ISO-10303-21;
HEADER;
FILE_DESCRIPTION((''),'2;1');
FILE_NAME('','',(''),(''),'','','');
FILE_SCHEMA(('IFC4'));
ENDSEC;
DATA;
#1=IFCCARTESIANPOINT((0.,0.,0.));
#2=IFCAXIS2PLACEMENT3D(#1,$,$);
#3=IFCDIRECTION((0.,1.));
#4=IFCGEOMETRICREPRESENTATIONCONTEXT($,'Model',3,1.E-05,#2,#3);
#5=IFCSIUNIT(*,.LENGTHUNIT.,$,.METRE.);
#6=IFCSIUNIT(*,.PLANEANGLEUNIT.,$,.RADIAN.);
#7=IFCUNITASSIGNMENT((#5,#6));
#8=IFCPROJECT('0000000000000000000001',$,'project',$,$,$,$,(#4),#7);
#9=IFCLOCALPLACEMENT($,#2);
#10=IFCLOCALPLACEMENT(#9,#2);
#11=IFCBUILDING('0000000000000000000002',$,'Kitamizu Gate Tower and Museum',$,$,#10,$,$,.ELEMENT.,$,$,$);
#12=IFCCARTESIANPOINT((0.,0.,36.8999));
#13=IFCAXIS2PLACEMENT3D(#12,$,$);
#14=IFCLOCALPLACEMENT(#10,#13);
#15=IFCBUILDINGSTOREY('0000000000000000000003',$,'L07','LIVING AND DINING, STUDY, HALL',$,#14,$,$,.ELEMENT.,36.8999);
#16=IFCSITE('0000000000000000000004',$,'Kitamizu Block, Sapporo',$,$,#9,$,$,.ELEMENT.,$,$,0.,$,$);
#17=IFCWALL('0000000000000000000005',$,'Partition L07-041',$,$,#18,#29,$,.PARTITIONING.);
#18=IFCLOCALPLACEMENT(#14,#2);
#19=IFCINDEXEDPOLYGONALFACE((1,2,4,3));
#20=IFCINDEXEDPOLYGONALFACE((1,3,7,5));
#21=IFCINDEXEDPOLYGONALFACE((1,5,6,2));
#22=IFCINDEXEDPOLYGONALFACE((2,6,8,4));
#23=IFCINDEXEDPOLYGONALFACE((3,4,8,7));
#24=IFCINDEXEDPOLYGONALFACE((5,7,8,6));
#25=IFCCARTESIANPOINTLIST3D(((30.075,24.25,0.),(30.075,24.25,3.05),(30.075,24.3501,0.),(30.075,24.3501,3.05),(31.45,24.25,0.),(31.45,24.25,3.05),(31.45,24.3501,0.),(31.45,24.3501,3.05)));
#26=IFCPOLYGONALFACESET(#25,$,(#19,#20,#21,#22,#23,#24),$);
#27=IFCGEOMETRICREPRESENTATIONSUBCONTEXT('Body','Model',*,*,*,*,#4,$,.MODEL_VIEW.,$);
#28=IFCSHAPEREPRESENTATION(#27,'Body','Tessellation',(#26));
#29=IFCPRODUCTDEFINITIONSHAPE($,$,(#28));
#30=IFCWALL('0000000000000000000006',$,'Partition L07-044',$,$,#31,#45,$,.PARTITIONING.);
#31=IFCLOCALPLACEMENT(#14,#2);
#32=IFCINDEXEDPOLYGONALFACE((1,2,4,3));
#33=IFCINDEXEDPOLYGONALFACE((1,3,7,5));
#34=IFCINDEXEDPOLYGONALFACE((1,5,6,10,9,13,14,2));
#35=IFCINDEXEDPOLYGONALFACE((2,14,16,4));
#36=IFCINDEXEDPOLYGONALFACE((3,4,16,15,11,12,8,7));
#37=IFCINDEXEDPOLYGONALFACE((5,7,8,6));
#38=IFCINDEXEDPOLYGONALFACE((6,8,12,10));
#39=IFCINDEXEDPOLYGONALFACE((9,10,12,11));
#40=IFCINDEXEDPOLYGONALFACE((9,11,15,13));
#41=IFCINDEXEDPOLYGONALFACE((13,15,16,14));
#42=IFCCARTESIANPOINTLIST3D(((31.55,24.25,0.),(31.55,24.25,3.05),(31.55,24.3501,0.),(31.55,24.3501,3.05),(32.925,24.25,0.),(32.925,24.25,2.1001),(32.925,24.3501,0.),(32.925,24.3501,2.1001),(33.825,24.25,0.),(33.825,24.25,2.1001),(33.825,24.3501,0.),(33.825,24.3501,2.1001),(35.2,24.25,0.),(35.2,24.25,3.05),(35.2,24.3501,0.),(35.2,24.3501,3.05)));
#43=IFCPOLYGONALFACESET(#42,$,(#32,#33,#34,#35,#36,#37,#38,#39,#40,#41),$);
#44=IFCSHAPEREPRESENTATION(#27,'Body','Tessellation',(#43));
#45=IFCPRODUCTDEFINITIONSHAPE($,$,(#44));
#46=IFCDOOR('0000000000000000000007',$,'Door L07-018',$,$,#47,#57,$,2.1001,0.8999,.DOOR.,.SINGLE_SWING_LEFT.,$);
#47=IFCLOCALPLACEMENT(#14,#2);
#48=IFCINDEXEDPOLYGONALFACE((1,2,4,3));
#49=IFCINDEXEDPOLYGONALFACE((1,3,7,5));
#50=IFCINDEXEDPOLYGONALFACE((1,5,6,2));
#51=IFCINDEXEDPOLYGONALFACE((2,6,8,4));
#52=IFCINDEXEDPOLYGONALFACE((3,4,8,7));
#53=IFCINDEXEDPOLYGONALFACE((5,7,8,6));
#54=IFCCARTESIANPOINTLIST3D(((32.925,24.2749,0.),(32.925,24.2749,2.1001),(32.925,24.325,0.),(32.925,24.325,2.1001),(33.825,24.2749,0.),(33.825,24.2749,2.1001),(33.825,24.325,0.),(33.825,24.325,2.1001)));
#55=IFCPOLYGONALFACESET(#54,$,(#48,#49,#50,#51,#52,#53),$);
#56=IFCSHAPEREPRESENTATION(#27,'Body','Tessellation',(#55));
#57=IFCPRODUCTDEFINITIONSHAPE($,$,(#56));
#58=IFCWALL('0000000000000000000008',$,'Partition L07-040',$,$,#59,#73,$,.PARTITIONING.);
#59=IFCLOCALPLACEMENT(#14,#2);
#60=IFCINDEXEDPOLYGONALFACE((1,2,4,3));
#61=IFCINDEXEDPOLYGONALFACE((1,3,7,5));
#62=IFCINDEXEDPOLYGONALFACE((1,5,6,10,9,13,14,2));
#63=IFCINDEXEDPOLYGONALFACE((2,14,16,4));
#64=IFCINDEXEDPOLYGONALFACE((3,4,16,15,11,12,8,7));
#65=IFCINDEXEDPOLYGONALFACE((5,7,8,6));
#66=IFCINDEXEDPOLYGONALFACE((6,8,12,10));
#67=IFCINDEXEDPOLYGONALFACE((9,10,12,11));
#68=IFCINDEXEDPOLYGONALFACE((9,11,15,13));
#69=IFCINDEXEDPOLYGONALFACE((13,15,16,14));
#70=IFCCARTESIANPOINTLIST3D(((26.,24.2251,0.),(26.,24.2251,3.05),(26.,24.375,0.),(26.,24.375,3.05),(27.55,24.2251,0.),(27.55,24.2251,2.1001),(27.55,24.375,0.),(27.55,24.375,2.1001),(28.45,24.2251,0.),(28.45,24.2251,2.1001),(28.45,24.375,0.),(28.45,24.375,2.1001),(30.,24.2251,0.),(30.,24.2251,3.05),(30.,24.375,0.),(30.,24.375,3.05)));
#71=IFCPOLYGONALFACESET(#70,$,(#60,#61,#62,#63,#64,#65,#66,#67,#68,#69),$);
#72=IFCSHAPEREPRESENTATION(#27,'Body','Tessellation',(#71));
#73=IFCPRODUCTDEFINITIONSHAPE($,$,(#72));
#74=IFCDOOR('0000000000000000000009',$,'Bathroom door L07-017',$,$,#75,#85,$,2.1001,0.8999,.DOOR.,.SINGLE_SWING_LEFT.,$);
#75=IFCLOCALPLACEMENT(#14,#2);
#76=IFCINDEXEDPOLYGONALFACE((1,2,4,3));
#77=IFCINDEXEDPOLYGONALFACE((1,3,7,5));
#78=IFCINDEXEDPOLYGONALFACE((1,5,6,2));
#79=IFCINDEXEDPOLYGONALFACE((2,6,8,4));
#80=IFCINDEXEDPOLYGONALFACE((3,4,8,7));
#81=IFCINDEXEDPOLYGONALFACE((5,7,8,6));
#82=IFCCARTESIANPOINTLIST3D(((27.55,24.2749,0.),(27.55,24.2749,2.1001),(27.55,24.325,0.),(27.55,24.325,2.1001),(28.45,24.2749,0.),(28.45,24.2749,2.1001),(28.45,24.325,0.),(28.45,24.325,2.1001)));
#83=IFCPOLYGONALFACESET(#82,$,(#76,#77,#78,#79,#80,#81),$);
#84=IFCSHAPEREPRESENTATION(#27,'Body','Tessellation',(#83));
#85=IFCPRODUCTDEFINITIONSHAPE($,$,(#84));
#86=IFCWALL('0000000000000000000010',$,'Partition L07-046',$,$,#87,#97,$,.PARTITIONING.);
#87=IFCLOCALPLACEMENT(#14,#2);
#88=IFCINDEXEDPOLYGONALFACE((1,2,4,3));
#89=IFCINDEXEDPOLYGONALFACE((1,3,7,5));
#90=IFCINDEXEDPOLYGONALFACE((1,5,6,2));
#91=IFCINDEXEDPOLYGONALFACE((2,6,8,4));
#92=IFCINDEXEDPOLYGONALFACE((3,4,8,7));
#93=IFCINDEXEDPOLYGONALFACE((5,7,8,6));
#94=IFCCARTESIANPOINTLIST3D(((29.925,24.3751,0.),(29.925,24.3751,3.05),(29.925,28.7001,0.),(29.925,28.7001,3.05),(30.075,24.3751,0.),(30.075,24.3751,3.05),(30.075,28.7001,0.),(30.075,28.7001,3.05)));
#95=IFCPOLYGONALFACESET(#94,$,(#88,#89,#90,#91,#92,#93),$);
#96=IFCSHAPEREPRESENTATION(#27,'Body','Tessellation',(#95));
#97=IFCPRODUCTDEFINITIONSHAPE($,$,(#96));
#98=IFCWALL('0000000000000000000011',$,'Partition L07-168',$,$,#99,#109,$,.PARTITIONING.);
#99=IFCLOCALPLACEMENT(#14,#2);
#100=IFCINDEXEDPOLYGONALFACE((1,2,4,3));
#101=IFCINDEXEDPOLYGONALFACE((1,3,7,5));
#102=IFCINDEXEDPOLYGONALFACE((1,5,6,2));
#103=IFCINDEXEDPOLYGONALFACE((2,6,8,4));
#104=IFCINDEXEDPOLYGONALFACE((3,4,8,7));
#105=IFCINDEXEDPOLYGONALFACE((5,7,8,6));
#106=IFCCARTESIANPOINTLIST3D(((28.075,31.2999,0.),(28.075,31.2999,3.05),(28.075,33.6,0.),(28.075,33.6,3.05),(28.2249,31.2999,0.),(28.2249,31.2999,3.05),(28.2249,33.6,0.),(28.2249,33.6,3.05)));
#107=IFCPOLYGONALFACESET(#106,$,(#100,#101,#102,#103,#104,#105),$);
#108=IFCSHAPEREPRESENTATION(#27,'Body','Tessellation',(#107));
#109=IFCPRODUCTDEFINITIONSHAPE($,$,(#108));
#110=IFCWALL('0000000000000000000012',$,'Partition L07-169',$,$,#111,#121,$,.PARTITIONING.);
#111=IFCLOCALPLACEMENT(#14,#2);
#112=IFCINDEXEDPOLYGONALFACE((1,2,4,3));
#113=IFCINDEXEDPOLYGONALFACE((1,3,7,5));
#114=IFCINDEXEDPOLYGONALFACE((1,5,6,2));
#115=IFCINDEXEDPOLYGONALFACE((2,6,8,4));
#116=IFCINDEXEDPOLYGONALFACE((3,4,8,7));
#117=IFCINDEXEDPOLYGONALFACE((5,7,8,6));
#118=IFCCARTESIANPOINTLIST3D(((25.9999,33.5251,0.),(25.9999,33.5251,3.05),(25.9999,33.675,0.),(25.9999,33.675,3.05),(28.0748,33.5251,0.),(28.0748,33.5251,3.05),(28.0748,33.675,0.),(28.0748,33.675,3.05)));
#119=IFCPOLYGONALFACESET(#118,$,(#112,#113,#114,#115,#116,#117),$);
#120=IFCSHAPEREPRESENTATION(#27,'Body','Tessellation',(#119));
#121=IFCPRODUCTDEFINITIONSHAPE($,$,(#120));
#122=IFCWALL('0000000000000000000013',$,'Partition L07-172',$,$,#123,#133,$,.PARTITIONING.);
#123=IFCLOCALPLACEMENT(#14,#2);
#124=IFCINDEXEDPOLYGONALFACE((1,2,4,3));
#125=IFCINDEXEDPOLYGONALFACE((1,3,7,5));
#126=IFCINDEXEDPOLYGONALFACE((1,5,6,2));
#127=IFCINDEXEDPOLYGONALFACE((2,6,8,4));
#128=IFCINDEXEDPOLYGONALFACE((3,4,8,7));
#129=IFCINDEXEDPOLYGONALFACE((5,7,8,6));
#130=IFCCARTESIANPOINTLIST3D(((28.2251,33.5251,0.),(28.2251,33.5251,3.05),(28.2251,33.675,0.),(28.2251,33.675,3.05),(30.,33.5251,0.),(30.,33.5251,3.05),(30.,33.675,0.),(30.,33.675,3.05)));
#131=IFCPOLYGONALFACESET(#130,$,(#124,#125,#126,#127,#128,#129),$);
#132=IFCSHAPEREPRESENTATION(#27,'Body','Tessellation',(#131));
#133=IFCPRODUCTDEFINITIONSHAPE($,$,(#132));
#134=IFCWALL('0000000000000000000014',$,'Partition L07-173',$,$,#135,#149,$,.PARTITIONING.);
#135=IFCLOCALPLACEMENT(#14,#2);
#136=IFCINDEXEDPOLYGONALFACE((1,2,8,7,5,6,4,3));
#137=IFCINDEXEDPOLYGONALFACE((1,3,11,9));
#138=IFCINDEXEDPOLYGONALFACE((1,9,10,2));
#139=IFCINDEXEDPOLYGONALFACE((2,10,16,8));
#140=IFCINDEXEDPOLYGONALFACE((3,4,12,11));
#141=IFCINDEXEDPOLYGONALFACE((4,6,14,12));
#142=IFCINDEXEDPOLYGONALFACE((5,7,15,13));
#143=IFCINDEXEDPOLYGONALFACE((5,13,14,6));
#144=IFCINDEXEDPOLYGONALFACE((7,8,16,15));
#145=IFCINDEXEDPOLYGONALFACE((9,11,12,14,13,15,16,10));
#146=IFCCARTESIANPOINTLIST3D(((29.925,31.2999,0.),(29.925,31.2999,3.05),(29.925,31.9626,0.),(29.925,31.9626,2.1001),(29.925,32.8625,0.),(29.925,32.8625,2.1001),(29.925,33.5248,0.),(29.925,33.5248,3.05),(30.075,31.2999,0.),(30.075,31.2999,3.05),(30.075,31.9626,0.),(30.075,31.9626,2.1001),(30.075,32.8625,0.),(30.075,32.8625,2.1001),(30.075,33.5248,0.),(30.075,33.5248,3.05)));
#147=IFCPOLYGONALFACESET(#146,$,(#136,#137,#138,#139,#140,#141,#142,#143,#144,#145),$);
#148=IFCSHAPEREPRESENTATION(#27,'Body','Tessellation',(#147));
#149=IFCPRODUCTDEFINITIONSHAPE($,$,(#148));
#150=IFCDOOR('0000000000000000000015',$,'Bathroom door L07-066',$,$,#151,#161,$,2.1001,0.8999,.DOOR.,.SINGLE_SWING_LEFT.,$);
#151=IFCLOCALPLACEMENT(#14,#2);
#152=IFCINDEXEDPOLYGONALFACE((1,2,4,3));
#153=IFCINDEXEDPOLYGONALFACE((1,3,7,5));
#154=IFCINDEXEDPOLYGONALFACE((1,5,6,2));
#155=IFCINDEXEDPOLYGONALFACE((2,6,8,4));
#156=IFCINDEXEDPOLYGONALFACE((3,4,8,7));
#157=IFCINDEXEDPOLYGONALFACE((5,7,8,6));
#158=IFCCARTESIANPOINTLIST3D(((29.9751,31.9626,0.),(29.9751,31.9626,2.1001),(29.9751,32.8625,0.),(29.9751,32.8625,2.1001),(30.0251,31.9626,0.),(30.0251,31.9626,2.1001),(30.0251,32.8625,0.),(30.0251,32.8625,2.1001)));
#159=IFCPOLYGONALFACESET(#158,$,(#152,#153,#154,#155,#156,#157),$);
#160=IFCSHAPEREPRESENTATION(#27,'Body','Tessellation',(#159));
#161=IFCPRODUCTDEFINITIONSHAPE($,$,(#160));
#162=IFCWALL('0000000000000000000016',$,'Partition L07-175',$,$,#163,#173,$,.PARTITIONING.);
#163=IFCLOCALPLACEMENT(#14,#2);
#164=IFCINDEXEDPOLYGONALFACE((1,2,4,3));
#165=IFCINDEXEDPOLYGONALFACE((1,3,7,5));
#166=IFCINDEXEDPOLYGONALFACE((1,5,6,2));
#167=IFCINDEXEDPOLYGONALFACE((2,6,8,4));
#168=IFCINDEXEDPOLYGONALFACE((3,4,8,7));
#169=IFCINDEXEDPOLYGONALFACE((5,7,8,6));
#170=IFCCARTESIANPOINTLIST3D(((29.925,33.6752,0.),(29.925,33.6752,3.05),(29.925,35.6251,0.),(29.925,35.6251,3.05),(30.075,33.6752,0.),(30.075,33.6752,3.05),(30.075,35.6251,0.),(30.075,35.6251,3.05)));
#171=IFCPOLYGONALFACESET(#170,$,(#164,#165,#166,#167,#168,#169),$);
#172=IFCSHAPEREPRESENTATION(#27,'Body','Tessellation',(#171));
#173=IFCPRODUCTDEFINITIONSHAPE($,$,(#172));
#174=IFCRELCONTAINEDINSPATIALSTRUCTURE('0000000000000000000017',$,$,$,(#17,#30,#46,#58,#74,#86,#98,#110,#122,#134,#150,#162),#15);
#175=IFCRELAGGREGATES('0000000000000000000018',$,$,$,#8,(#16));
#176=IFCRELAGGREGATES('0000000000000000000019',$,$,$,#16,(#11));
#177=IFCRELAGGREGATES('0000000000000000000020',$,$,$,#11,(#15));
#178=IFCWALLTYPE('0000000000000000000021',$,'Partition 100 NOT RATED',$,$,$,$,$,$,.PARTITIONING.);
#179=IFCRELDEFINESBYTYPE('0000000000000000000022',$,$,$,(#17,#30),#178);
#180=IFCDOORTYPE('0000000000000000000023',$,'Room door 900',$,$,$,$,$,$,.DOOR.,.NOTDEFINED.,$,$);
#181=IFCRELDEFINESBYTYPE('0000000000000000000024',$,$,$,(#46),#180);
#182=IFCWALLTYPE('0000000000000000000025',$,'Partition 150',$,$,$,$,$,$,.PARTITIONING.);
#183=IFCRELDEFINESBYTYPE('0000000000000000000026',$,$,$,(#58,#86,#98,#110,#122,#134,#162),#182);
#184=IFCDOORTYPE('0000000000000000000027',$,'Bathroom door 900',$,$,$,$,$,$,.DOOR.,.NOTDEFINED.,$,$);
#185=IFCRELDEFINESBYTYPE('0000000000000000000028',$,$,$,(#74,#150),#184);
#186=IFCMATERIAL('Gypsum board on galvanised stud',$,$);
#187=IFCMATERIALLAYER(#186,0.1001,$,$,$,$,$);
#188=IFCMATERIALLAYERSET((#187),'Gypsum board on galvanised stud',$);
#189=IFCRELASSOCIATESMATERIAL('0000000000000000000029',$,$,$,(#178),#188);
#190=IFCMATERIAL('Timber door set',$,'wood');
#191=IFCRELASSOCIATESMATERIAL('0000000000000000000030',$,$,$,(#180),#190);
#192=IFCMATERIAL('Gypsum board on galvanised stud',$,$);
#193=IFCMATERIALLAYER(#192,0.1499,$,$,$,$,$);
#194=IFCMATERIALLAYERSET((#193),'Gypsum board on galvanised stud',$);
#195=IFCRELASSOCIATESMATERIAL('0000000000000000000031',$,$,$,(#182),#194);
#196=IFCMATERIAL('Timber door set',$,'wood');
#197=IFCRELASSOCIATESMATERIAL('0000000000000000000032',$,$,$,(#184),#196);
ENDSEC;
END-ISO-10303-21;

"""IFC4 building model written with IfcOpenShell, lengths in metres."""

from ifc_helpers import new_model, si_unit, direction, frame, frame_2d, origin, place, context, subcontext, project, spatial, rectangle, extrude, material, layer, layer_set, type_object, element, fill, save


model = new_model("IFC4")

# Units and contexts
model_context = context("Model", 3, precision=1e-05, world=origin(), true_north=direction((0.0, 1.0)))
body_context = subcontext(model_context, "Body", "Model", "MODEL_VIEW")
ifc_project = project(units=[si_unit("LENGTHUNIT", "METRE"), si_unit("PLANEANGLEUNIT", "RADIAN")], contexts=[model_context])

# Site, building, storey
site_placement = place(None, origin())
site = spatial("IfcSite", under=ifc_project, at=site_placement, Name="Kitamizu Block, Sapporo", CompositionType="ELEMENT", RefElevation=0.0)
building_placement = place(site_placement, origin())
building = spatial("IfcBuilding", under=site, at=building_placement, Name="Kitamizu Gate Tower and Museum", CompositionType="ELEMENT")
storey_placement = place(building_placement, frame((0.0, 0.0, 36.8999)))
storey = spatial("IfcBuildingStorey", under=building, at=storey_placement, Name="L07", Description="LIVING AND DINING, STUDY, HALL", CompositionType="ELEMENT", Elevation=36.8999)

# Wall
ifc_material_1 = material(Name="Gypsum board on galvanised stud")
ifc_layer_1 = layer(ifc_material_1, 0.1001)
ifc_layer_set_1 = layer_set([ifc_layer_1], Name="Gypsum board on galvanised stud")
wall_type_1 = type_object("IfcWallType", Name="Partition 100 NOT RATED", PredefinedType="PARTITIONING", material=ifc_layer_set_1)
wall_1_placement = place(storey_placement, frame((31.45, 24.3, 0.0), z_axis=(0.0, 0.0, 1.0), x_axis=(-1.0, 0.0, 0.0)))
element("IfcWall", 1, at=wall_1_placement, inside=storey, type_object=wall_type_1, Name="Partition L07-041", PredefinedType="PARTITIONING", context=body_context, shape_type="SweptSolid", body=[
    extrude(rectangle(XDim=1.375, YDim=0.1001, at=frame_2d((0.6875, 0.0))), origin(), (0.0, 0.0, 1.0), 3.05),
])

# Walls, openings, doors
wall_2_placement = place(storey_placement, frame((35.2, 24.3, 0.0), z_axis=(0.0, 0.0, 1.0), x_axis=(-1.0, 0.0, 0.0)))
wall_2 = element("IfcWall", 2, at=wall_2_placement, inside=storey, type_object=wall_type_1, Name="Partition L07-044", PredefinedType="PARTITIONING", context=body_context, shape_type="SweptSolid", body=[
    extrude(rectangle(XDim=3.6499, YDim=0.1001, at=frame_2d((1.825, 0.0))), origin(), (0.0, 0.0, 1.0), 3.05),
])
opening_1_placement = place(wall_2_placement, frame((1.375, 0.0, 0.0)))
opening_1 = element("IfcOpeningElement", 3, at=opening_1_placement, cuts=wall_2, PredefinedType="OPENING", context=body_context, shape_type="SweptSolid", body=[
    extrude(rectangle(XDim=0.8999, YDim=2.1001, at=frame_2d((0.45, 1.05))), frame((0.0, 0.0601, 0.0), z_axis=(0.0, -1.0, 0.0), x_axis=(1.0, 0.0, 0.0)), (0.0, 0.0, 1.0), 0.1201),
])
ifc_material_2 = material(Name="Timber door set", Category="wood")
door_type_1 = type_object("IfcDoorType", Name="Room door 900", OperationType="NOTDEFINED", PredefinedType="DOOR", material=ifc_material_2)
door_1_placement = place(opening_1_placement, frame((0.8999, 0.0, 0.0), x_axis=(-1.0, 0.0, 0.0)))
door_1 = element("IfcDoor", 4, at=door_1_placement, inside=storey, type_object=door_type_1, Name="Door L07-018", OperationType="SINGLE_SWING_LEFT", OverallHeight=2.1001, OverallWidth=0.8999, PredefinedType="DOOR", context=body_context, shape_type="SweptSolid", body=[
    extrude(rectangle(XDim=0.8999, YDim=2.1001, at=frame_2d((0.45, 1.05))), frame((0.0, 0.0249, 0.0), z_axis=(0.0, -1.0, 0.0), x_axis=(1.0, 0.0, 0.0)), (0.0, 0.0, 1.0), 0.05),
])
fill(opening_1, door_1)
ifc_material_3 = material(Name="Gypsum board on galvanised stud")
ifc_layer_2 = layer(ifc_material_3, 0.1499)
ifc_layer_set_2 = layer_set([ifc_layer_2], Name="Gypsum board on galvanised stud")
wall_type_2 = type_object("IfcWallType", Name="Partition 150", PredefinedType="PARTITIONING", material=ifc_layer_set_2)
wall_3_placement = place(storey_placement, frame((30.0, 24.3, 0.0), z_axis=(0.0, 0.0, 1.0), x_axis=(-1.0, 0.0, 0.0)))
wall_3 = element("IfcWall", 5, at=wall_3_placement, inside=storey, type_object=wall_type_2, Name="Partition L07-040", PredefinedType="PARTITIONING", context=body_context, shape_type="SweptSolid", body=[
    extrude(rectangle(XDim=4.0, YDim=0.1499, at=frame_2d((2.0, 0.0))), origin(), (0.0, 0.0, 1.0), 3.05),
])
opening_2_placement = place(wall_3_placement, frame((1.55, 0.0, 0.0)))
opening_2 = element("IfcOpeningElement", 6, at=opening_2_placement, cuts=wall_3, PredefinedType="OPENING", context=body_context, shape_type="SweptSolid", body=[
    extrude(rectangle(XDim=0.8999, YDim=2.1001, at=frame_2d((0.45, 1.05))), frame((0.0, 0.085, 0.0), z_axis=(0.0, -1.0, 0.0), x_axis=(1.0, 0.0, 0.0)), (0.0, 0.0, 1.0), 0.1699),
])
ifc_material_4 = material(Name="Timber door set", Category="wood")
door_type_2 = type_object("IfcDoorType", Name="Bathroom door 900", OperationType="NOTDEFINED", PredefinedType="DOOR", material=ifc_material_4)
door_2_placement = place(opening_2_placement, frame((0.8999, 0.0, 0.0), x_axis=(-1.0, 0.0, 0.0)))
door_2 = element("IfcDoor", 7, at=door_2_placement, inside=storey, type_object=door_type_2, Name="Bathroom door L07-017", OperationType="SINGLE_SWING_LEFT", OverallHeight=2.1001, OverallWidth=0.8999, PredefinedType="DOOR", context=body_context, shape_type="SweptSolid", body=[
    extrude(rectangle(XDim=0.8999, YDim=2.1001, at=frame_2d((0.45, 1.05))), frame((0.0, 0.0249, 0.0), z_axis=(0.0, -1.0, 0.0), x_axis=(1.0, 0.0, 0.0)), (0.0, 0.0, 1.0), 0.05),
])
fill(opening_2, door_2)

# Walls
wall_4_placement = place(storey_placement, frame((30.0, 24.375, 0.0), z_axis=(0.0, 0.0, 1.0), x_axis=(0.0, 1.0, 0.0)))
element("IfcWall", 8, at=wall_4_placement, inside=storey, type_object=wall_type_2, Name="Partition L07-046", PredefinedType="PARTITIONING", context=body_context, shape_type="SweptSolid", body=[
    extrude(rectangle(XDim=4.325, YDim=0.1499, at=frame_2d((2.1626, 0.0))), origin(), (0.0, 0.0, 1.0), 3.05),
])
wall_5_placement = place(storey_placement, frame((28.1499, 31.3, 0.0), z_axis=(0.0, 0.0, 1.0), x_axis=(0.0, 1.0, 0.0)))
element("IfcWall", 9, at=wall_5_placement, inside=storey, type_object=wall_type_2, Name="Partition L07-168", PredefinedType="PARTITIONING", context=body_context, shape_type="SweptSolid", body=[
    extrude(rectangle(XDim=2.3, YDim=0.1499, at=frame_2d((1.1499, 0.0))), origin(), (0.0, 0.0, 1.0), 3.05),
])
wall_6_placement = place(storey_placement, frame((28.075, 33.6001, 0.0), z_axis=(0.0, 0.0, 1.0), x_axis=(-1.0, 0.0, 0.0)))
element("IfcWall", 10, at=wall_6_placement, inside=storey, type_object=wall_type_2, Name="Partition L07-169", PredefinedType="PARTITIONING", context=body_context, shape_type="SweptSolid", body=[
    extrude(rectangle(XDim=2.075, YDim=0.1499, at=frame_2d((1.0376, 0.0))), origin(), (0.0, 0.0, 1.0), 3.05),
])
wall_7_placement = place(storey_placement, frame((30.0, 33.6001, 0.0), z_axis=(0.0, 0.0, 1.0), x_axis=(-1.0, 0.0, 0.0)))
element("IfcWall", 11, at=wall_7_placement, inside=storey, type_object=wall_type_2, Name="Partition L07-172", PredefinedType="PARTITIONING", context=body_context, shape_type="SweptSolid", body=[
    extrude(rectangle(XDim=1.7749, YDim=0.1499, at=frame_2d((0.8875, 0.0))), origin(), (0.0, 0.0, 1.0), 3.05),
])

# Wall, opening, door
wall_8_placement = place(storey_placement, frame((30.0, 31.3, 0.0), z_axis=(0.0, 0.0, 1.0), x_axis=(0.0, 1.0, 0.0)))
wall_8 = element("IfcWall", 12, at=wall_8_placement, inside=storey, type_object=wall_type_2, Name="Partition L07-173", PredefinedType="PARTITIONING", context=body_context, shape_type="SweptSolid", body=[
    extrude(rectangle(XDim=2.2249, YDim=0.1499, at=frame_2d((1.1123, 0.0))), origin(), (0.0, 0.0, 1.0), 3.05),
])
opening_3_placement = place(wall_8_placement, frame((0.6626, 0.0, 0.0)))
opening_3 = element("IfcOpeningElement", 13, at=opening_3_placement, cuts=wall_8, PredefinedType="OPENING", context=body_context, shape_type="SweptSolid", body=[
    extrude(rectangle(XDim=0.8999, YDim=2.1001, at=frame_2d((0.45, 1.05))), frame((0.0, 0.085, 0.0), z_axis=(0.0, -1.0, 0.0), x_axis=(1.0, 0.0, 0.0)), (0.0, 0.0, 1.0), 0.1699),
])
door_3_placement = place(opening_3_placement, origin())
door_3 = element("IfcDoor", 14, at=door_3_placement, inside=storey, type_object=door_type_2, Name="Bathroom door L07-066", OperationType="SINGLE_SWING_LEFT", OverallHeight=2.1001, OverallWidth=0.8999, PredefinedType="DOOR", context=body_context, shape_type="SweptSolid", body=[
    extrude(rectangle(XDim=0.8999, YDim=2.1001, at=frame_2d((0.45, 1.05))), frame((0.0, 0.0249, 0.0), z_axis=(0.0, -1.0, 0.0), x_axis=(1.0, 0.0, 0.0)), (0.0, 0.0, 1.0), 0.05),
])
fill(opening_3, door_3)

# Wall
wall_9_placement = place(storey_placement, frame((30.0, 33.675, 0.0), z_axis=(0.0, 0.0, 1.0), x_axis=(0.0, 1.0, 0.0)))
element("IfcWall", 15, at=wall_9_placement, inside=storey, type_object=wall_type_2, Name="Partition L07-175", PredefinedType="PARTITIONING", context=body_context, shape_type="SweptSolid", body=[
    extrude(rectangle(XDim=1.95, YDim=0.1499, at=frame_2d((0.9751, 0.0))), origin(), (0.0, 0.0, 1.0), 3.05),
])

save(model, "model.ifc")
